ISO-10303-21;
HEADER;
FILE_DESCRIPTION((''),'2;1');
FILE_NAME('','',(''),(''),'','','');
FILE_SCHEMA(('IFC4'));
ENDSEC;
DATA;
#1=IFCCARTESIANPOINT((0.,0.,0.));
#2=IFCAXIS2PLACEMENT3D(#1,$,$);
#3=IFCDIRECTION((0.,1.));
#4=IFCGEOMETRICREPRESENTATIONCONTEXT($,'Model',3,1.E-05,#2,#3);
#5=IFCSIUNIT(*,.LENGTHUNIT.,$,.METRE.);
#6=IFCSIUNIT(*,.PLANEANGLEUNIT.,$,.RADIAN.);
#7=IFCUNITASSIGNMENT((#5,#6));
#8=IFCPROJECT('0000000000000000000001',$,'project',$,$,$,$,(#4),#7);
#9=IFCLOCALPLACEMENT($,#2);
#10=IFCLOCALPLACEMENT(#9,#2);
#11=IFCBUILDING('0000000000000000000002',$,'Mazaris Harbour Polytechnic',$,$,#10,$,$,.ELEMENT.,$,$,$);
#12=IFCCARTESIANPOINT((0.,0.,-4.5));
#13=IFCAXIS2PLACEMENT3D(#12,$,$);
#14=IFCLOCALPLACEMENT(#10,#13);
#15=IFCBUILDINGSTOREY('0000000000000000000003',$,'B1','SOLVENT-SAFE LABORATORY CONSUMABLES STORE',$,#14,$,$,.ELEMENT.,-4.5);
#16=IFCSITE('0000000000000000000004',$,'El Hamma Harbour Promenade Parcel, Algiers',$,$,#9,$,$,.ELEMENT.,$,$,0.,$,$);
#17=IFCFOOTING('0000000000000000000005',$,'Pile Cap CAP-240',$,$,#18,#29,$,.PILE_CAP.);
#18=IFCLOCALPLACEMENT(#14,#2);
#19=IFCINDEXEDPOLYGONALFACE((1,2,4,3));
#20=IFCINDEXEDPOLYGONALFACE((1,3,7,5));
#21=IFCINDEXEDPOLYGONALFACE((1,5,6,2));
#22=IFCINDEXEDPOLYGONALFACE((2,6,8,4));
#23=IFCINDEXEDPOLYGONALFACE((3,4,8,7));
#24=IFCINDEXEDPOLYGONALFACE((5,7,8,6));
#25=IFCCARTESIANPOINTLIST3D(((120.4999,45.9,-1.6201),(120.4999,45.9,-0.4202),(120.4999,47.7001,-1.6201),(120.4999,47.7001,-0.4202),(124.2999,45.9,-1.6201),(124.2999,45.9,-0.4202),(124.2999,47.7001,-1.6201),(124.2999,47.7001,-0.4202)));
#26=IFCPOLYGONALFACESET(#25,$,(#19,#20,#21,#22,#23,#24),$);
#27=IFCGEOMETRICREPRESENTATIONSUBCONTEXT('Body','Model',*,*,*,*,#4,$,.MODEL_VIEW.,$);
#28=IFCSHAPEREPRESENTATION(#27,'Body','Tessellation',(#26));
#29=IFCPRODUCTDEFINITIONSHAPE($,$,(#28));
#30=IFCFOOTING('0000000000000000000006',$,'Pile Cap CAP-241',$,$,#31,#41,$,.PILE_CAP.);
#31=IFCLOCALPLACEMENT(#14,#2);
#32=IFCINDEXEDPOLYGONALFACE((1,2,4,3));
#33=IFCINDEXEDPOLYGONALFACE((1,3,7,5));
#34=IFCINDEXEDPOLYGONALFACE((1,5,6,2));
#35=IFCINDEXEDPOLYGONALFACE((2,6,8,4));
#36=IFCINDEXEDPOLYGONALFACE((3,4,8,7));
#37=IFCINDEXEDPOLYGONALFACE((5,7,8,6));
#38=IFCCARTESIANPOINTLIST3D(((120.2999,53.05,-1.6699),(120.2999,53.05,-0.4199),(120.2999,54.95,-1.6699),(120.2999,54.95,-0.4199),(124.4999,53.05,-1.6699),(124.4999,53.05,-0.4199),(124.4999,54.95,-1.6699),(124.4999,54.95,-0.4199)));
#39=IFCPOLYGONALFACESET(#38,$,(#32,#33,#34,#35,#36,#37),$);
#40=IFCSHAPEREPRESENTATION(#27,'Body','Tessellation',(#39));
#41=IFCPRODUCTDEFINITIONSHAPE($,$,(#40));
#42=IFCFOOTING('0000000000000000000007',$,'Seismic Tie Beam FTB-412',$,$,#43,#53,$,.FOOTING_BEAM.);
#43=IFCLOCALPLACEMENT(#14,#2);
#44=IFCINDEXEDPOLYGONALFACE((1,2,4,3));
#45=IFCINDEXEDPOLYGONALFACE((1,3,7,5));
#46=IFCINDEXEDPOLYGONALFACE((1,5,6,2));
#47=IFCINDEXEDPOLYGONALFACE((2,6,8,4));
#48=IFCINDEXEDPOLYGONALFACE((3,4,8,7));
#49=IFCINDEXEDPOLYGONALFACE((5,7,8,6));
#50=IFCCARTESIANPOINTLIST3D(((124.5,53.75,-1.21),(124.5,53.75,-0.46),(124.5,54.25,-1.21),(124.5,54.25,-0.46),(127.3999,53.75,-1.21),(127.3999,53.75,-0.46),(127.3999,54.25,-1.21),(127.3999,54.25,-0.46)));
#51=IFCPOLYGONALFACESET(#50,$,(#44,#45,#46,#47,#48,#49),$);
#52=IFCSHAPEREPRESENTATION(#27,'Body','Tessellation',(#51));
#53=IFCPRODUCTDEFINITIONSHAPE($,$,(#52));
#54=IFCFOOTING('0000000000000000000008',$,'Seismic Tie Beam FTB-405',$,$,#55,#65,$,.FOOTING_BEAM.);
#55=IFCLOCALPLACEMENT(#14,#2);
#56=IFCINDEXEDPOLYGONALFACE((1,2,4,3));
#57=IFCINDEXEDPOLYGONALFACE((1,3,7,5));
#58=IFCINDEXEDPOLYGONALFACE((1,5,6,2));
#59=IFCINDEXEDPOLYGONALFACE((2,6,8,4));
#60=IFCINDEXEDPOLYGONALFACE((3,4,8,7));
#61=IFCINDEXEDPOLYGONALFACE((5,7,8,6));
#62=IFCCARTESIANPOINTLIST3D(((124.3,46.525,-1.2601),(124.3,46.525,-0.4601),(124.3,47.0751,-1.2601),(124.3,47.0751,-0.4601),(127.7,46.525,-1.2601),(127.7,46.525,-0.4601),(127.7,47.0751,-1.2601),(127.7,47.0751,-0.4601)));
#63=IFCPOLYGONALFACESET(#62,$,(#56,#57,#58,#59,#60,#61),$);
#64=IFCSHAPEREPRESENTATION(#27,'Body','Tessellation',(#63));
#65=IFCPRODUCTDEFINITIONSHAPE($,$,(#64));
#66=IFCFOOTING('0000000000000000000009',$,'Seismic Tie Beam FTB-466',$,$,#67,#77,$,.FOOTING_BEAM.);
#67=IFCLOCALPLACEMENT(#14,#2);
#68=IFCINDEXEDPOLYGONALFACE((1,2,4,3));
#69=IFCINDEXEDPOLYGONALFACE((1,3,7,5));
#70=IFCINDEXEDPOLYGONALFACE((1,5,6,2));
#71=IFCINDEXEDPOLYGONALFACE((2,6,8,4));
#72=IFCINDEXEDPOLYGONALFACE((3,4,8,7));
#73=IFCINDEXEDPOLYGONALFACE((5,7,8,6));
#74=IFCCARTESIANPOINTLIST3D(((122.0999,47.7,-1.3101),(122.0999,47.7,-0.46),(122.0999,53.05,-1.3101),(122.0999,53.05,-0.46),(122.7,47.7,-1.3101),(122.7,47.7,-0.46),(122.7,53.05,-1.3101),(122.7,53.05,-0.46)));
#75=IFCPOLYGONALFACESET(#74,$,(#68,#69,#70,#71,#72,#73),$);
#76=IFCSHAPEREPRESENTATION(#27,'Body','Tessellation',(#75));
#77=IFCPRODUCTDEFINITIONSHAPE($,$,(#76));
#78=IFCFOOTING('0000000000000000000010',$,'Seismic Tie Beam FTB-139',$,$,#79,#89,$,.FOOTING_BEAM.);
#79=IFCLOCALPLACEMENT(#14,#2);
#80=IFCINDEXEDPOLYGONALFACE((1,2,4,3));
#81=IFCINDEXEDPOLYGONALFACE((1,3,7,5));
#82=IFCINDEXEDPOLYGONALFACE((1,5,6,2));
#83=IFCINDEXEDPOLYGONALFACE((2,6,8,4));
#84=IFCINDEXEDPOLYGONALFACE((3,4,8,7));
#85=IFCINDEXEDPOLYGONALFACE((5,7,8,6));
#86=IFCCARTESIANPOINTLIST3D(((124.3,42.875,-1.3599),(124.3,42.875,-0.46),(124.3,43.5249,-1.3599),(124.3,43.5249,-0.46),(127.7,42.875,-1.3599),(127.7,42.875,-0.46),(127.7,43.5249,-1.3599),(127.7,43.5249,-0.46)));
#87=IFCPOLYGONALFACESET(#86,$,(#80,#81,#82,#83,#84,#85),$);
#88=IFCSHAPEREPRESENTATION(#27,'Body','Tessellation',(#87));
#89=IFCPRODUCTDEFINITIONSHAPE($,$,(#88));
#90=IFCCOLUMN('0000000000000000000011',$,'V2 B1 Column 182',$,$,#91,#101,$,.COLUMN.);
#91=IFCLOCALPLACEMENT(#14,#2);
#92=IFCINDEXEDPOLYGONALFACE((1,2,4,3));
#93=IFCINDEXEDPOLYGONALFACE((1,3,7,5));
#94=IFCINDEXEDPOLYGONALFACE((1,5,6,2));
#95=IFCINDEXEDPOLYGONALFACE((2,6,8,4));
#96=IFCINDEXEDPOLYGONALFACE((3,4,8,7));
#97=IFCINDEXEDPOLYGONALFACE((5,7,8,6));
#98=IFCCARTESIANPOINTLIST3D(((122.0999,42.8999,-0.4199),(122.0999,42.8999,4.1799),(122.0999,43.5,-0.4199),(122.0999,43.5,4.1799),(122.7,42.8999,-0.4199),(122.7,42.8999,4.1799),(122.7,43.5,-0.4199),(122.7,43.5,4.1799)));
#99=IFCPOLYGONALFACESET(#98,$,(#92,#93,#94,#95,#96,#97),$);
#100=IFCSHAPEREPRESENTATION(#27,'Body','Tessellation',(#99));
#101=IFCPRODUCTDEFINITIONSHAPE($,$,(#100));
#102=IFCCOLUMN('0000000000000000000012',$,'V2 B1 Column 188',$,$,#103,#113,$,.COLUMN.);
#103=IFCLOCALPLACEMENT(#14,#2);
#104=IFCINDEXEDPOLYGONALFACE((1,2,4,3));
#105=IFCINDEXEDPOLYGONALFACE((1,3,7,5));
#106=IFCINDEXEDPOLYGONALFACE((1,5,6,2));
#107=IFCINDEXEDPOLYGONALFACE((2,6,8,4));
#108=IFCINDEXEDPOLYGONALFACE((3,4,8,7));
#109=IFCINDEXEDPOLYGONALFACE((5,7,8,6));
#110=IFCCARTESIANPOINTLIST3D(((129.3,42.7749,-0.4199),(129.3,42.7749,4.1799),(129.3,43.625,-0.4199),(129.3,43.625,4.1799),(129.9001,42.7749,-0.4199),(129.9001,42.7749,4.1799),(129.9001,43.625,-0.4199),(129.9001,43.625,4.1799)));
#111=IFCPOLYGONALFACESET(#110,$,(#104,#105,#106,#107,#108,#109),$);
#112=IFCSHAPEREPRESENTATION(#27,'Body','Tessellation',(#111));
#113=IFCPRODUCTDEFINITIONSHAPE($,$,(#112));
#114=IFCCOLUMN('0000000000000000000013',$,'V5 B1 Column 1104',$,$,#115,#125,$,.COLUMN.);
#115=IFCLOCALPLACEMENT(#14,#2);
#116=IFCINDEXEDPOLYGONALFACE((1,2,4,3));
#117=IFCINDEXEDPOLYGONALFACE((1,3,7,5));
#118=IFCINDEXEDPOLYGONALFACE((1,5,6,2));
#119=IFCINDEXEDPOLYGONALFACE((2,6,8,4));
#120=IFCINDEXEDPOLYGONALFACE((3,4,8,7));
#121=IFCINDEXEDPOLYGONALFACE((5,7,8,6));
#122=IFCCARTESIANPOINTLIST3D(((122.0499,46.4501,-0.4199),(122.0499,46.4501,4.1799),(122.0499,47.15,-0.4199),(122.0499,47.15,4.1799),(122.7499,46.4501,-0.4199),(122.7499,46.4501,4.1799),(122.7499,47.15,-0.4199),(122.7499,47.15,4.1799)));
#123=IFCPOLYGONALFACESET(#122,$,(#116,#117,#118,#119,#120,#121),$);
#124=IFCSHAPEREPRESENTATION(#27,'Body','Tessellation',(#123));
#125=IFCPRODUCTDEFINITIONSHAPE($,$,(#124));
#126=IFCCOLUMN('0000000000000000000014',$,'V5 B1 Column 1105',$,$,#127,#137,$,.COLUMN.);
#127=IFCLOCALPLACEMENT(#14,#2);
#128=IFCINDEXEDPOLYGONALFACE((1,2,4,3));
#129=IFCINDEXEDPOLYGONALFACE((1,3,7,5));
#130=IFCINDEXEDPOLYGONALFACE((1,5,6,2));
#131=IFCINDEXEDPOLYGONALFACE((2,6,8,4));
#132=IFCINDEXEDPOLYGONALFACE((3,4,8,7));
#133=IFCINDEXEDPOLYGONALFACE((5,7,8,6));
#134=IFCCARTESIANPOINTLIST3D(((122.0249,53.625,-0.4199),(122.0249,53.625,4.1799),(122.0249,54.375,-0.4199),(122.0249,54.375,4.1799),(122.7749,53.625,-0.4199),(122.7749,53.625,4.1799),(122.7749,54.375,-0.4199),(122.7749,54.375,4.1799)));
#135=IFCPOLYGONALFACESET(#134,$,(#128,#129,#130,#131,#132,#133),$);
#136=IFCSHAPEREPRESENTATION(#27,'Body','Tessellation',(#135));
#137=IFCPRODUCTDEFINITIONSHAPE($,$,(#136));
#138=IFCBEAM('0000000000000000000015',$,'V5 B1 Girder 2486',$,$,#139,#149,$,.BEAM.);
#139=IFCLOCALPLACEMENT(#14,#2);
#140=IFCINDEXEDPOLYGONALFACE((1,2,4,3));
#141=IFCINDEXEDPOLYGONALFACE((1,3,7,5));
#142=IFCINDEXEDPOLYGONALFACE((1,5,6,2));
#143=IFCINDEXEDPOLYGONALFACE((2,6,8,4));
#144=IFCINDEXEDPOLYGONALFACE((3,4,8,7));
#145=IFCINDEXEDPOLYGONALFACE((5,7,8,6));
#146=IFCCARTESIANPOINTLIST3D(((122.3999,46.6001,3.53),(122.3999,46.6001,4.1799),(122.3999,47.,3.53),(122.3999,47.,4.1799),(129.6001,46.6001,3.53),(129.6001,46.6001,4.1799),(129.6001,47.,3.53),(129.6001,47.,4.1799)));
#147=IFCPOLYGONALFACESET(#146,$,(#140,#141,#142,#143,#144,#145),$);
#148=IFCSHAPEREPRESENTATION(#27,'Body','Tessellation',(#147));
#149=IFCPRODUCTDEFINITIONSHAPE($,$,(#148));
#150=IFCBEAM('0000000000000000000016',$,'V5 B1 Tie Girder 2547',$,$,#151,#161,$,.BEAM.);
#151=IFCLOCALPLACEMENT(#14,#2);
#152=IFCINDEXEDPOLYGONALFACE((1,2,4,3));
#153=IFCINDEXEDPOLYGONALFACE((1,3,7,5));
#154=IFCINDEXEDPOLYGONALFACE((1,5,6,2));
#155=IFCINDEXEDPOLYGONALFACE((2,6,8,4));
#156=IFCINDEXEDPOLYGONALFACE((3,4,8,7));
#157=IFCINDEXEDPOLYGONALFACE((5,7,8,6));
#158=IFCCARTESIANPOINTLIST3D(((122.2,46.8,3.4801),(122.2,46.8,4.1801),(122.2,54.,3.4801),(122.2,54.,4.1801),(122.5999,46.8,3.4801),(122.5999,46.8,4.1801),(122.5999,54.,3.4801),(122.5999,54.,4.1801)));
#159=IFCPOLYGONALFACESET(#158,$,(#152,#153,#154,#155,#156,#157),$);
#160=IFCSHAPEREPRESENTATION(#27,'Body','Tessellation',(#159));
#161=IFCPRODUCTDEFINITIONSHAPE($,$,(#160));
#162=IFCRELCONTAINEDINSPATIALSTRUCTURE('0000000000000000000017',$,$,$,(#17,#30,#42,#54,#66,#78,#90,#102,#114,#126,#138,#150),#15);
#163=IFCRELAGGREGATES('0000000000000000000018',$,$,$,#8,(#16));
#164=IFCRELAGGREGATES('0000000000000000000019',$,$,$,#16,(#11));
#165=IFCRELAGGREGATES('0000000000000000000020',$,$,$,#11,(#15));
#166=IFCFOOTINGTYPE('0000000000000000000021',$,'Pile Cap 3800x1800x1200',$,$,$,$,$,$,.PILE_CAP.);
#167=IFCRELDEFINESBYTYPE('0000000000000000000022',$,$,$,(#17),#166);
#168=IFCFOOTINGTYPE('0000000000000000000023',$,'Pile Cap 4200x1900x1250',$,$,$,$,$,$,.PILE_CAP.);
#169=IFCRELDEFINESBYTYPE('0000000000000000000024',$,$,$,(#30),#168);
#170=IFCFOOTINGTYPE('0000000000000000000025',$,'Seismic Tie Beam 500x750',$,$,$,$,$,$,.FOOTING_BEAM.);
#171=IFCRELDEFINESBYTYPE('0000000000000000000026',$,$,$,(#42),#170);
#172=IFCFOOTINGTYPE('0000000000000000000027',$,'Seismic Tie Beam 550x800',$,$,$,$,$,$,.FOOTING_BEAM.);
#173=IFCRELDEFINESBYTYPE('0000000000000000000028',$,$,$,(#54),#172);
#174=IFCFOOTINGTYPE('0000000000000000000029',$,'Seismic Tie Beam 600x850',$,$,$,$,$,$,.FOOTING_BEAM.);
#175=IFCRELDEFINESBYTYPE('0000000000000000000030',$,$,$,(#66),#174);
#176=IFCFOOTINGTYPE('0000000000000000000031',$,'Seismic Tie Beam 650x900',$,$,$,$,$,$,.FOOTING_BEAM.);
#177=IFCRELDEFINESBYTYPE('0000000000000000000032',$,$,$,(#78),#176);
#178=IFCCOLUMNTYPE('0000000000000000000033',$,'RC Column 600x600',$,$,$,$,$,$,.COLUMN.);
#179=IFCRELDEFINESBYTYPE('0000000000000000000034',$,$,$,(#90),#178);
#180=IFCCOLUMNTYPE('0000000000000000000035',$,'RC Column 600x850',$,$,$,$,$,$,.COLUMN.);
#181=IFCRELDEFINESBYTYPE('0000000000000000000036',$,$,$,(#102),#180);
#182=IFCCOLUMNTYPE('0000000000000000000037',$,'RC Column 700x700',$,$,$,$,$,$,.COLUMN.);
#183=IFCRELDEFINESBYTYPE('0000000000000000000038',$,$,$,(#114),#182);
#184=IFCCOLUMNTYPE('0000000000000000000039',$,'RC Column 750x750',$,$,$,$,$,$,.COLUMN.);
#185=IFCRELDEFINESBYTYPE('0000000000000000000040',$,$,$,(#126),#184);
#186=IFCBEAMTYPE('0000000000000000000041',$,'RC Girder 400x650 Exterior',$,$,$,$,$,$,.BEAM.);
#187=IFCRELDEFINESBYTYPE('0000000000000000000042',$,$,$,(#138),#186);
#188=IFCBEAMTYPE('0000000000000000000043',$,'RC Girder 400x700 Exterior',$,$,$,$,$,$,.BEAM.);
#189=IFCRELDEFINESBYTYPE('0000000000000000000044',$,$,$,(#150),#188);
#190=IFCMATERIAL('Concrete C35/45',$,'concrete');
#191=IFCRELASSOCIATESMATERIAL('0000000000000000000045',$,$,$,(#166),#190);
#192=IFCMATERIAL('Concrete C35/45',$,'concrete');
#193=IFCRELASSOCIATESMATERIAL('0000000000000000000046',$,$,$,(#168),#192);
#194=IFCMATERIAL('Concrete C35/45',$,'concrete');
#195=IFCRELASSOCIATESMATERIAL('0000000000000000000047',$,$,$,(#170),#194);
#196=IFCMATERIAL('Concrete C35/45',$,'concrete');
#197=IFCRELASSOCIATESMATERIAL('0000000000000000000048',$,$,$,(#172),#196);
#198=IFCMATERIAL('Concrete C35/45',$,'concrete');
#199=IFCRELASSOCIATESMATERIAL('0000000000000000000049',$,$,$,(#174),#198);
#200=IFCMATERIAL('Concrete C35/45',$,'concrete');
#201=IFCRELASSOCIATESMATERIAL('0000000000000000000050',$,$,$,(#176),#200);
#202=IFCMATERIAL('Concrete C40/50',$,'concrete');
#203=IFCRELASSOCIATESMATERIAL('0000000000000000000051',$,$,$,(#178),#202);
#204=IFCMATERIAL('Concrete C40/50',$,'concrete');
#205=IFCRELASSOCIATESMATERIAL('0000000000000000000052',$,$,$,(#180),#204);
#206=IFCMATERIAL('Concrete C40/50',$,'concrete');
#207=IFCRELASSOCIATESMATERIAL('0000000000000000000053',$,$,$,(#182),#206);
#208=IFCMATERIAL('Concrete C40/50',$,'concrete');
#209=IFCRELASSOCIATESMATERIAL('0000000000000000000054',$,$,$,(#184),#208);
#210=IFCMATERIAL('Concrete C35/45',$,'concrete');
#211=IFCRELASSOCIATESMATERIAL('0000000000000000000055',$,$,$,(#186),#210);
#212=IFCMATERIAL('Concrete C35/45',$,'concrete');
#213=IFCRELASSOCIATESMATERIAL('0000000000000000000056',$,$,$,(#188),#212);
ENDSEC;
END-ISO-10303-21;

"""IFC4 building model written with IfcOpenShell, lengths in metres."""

from ifc_helpers import new_model, si_unit, direction, frame, origin, origin_2d, place, context, subcontext, project, spatial, rectangle, extrude, material, material_profile, profile_set, type_object, element, save


model = new_model("IFC4")

# Units and contexts
model_context = context("Model", 3, precision=1e-05, world=origin(), true_north=direction((0.0, 1.0)))
body_context = subcontext(model_context, "Body", "Model", "MODEL_VIEW")
ifc_project = project(units=[si_unit("LENGTHUNIT", "METRE"), si_unit("PLANEANGLEUNIT", "RADIAN")], contexts=[model_context])

# Site, building, storey
site_placement = place(None, origin())
site = spatial("IfcSite", under=ifc_project, at=site_placement, Name="El Hamma Harbour Promenade Parcel, Algiers", CompositionType="ELEMENT", RefElevation=0.0)
building_placement = place(site_placement, origin())
building = spatial("IfcBuilding", under=site, at=building_placement, Name="Mazaris Harbour Polytechnic", CompositionType="ELEMENT")
storey_placement = place(building_placement, frame((0.0, 0.0, -4.5)))
storey = spatial("IfcBuildingStorey", under=building, at=storey_placement, Name="B1", Description="SOLVENT-SAFE LABORATORY CONSUMABLES STORE", CompositionType="ELEMENT", Elevation=-4.5)

# Footings
ifc_material_1 = material(Name="Concrete C35/45", Category="concrete")
footing_type_1 = type_object("IfcFootingType", Name="Pile Cap 3800x1800x1200", PredefinedType="PILE_CAP", material=ifc_material_1)
for number, where, z_axis, x_axis, name in (
    (1, (122.3999, 46.8, -1.6201), (0.0, 0.0, 1.0), (1.0, 0.0, 0.0), "Pile Cap CAP-240"),
):
    element("IfcFooting", number, at=place(storey_placement, frame(where, z_axis=z_axis, x_axis=x_axis)), inside=storey, type_object=footing_type_1, Name=name, PredefinedType="PILE_CAP", context=body_context, shape_type="SweptSolid", body=[
        extrude(rectangle(XDim=3.8, YDim=1.8, at=origin_2d()), origin(), (0.0, 0.0, 1.0), 1.2),
    ])
ifc_material_2 = material(Name="Concrete C35/45", Category="concrete")
footing_type_2 = type_object("IfcFootingType", Name="Pile Cap 4200x1900x1250", PredefinedType="PILE_CAP", material=ifc_material_2)
footing_1_placement = place(storey_placement, frame((122.3999, 54.0, -1.6699), z_axis=(0.0, 0.0, 1.0), x_axis=(1.0, 0.0, 0.0)))
element("IfcFooting", 2, at=footing_1_placement, inside=storey, type_object=footing_type_2, Name="Pile Cap CAP-241", PredefinedType="PILE_CAP", context=body_context, shape_type="SweptSolid", body=[
    extrude(rectangle(XDim=4.2, YDim=1.8999, at=origin_2d()), origin(), (0.0, 0.0, 1.0), 1.25),
])
ifc_material_3 = material(Name="Concrete C35/45", Category="concrete")
ifc_material_profile_1 = material_profile(ifc_material_3, rectangle(XDim=0.5, YDim=0.75, at=origin_2d()), Name="RECT500x750")
ifc_profile_set_1 = profile_set([ifc_material_profile_1], Name="Concrete C35/45")
footing_type_3 = type_object("IfcFootingType", Name="Seismic Tie Beam 500x750", PredefinedType="FOOTING_BEAM", material=ifc_profile_set_1)
footing_2_placement = place(storey_placement, frame((124.5, 54.0, -0.835), z_axis=(1.0, 0.0, 0.0), x_axis=(0.0, 1.0, 0.0)))
element("IfcFooting", 3, at=footing_2_placement, inside=storey, type_object=footing_type_3, Name="Seismic Tie Beam FTB-412", PredefinedType="FOOTING_BEAM", context=body_context, shape_type="SweptSolid", body=[
    extrude(rectangle(XDim=0.5, YDim=0.75, at=origin_2d()), origin(), (0.0, 0.0, 1.0), 2.8999),
])
ifc_material_4 = material(Name="Concrete C35/45", Category="concrete")
ifc_material_profile_2 = material_profile(ifc_material_4, rectangle(XDim=0.55, YDim=0.8, at=origin_2d()), Name="RECT550x800")
ifc_profile_set_2 = profile_set([ifc_material_profile_2], Name="Concrete C35/45")
footing_type_4 = type_object("IfcFootingType", Name="Seismic Tie Beam 550x800", PredefinedType="FOOTING_BEAM", material=ifc_profile_set_2)
footing_3_placement = place(storey_placement, frame((124.3, 46.8, -0.8601), z_axis=(1.0, 0.0, 0.0), x_axis=(0.0, 1.0, 0.0)))
element("IfcFooting", 4, at=footing_3_placement, inside=storey, type_object=footing_type_4, Name="Seismic Tie Beam FTB-405", PredefinedType="FOOTING_BEAM", context=body_context, shape_type="SweptSolid", body=[
    extrude(rectangle(XDim=0.55, YDim=0.8, at=origin_2d()), origin(), (0.0, 0.0, 1.0), 3.3999),
])
ifc_material_5 = material(Name="Concrete C35/45", Category="concrete")
ifc_material_profile_3 = material_profile(ifc_material_5, rectangle(XDim=0.6001, YDim=0.8501, at=origin_2d()), Name="RECT600x850")
ifc_profile_set_3 = profile_set([ifc_material_profile_3], Name="Concrete C35/45")
footing_type_5 = type_object("IfcFootingType", Name="Seismic Tie Beam 600x850", PredefinedType="FOOTING_BEAM", material=ifc_profile_set_3)
footing_4_placement = place(storey_placement, frame((122.3999, 47.7, -0.885), z_axis=(0.0, 1.0, 0.0), x_axis=(-1.0, 0.0, 0.0)))
element("IfcFooting", 5, at=footing_4_placement, inside=storey, type_object=footing_type_5, Name="Seismic Tie Beam FTB-466", PredefinedType="FOOTING_BEAM", context=body_context, shape_type="SweptSolid", body=[
    extrude(rectangle(XDim=0.6001, YDim=0.8501, at=origin_2d()), origin(), (0.0, 0.0, 1.0), 5.3501),
])
ifc_material_6 = material(Name="Concrete C35/45", Category="concrete")
ifc_material_profile_4 = material_profile(ifc_material_6, rectangle(XDim=0.6499, YDim=0.8999, at=origin_2d()), Name="RECT650x900")
ifc_profile_set_4 = profile_set([ifc_material_profile_4], Name="Concrete C35/45")
footing_type_6 = type_object("IfcFootingType", Name="Seismic Tie Beam 650x900", PredefinedType="FOOTING_BEAM", material=ifc_profile_set_4)
footing_5_placement = place(storey_placement, frame((124.3, 43.2, -0.9099), z_axis=(1.0, 0.0, 0.0), x_axis=(0.0, 1.0, 0.0)))
element("IfcFooting", 6, at=footing_5_placement, inside=storey, type_object=footing_type_6, Name="Seismic Tie Beam FTB-139", PredefinedType="FOOTING_BEAM", context=body_context, shape_type="SweptSolid", body=[
    extrude(rectangle(XDim=0.6499, YDim=0.8999, at=origin_2d()), origin(), (0.0, 0.0, 1.0), 3.3999),
])

# Columns
ifc_material_7 = material(Name="Concrete C40/50", Category="concrete")
ifc_material_profile_5 = material_profile(ifc_material_7, rectangle(XDim=0.6001, YDim=0.6001, at=origin_2d()), Name="RECT600x600")
ifc_profile_set_5 = profile_set([ifc_material_profile_5], Name="Concrete C40/50")
column_type_1 = type_object("IfcColumnType", Name="RC Column 600x600", PredefinedType="COLUMN", material=ifc_profile_set_5)
column_1_placement = place(storey_placement, frame((122.3999, 43.2, -0.4199), z_axis=(0.0, 0.0, 1.0), x_axis=(1.0, 0.0, 0.0)))
element("IfcColumn", 7, at=column_1_placement, inside=storey, type_object=column_type_1, Name="V2 B1 Column 182", PredefinedType="COLUMN", context=body_context, shape_type="SweptSolid", body=[
    extrude(rectangle(XDim=0.6001, YDim=0.6001, at=origin_2d()), origin(), (0.0, 0.0, 1.0), 4.5999),
])
ifc_material_8 = material(Name="Concrete C40/50", Category="concrete")
ifc_material_profile_6 = material_profile(ifc_material_8, rectangle(XDim=0.6001, YDim=0.8501, at=origin_2d()), Name="RECT600x850")
ifc_profile_set_6 = profile_set([ifc_material_profile_6], Name="Concrete C40/50")
column_type_2 = type_object("IfcColumnType", Name="RC Column 600x850", PredefinedType="COLUMN", material=ifc_profile_set_6)
column_2_placement = place(storey_placement, frame((129.6001, 43.2, -0.4199), z_axis=(0.0, 0.0, 1.0), x_axis=(1.0, 0.0, 0.0)))
element("IfcColumn", 8, at=column_2_placement, inside=storey, type_object=column_type_2, Name="V2 B1 Column 188", PredefinedType="COLUMN", context=body_context, shape_type="SweptSolid", body=[
    extrude(rectangle(XDim=0.6001, YDim=0.8501, at=origin_2d()), origin(), (0.0, 0.0, 1.0), 4.5999),
])
ifc_material_9 = material(Name="Concrete C40/50", Category="concrete")
ifc_material_profile_7 = material_profile(ifc_material_9, rectangle(XDim=0.7, YDim=0.7, at=origin_2d()), Name="RECT700x700")
ifc_profile_set_7 = profile_set([ifc_material_profile_7], Name="Concrete C40/50")
column_type_3 = type_object("IfcColumnType", Name="RC Column 700x700", PredefinedType="COLUMN", material=ifc_profile_set_7)
column_3_placement = place(storey_placement, frame((122.3999, 46.8, -0.4199), z_axis=(0.0, 0.0, 1.0), x_axis=(1.0, 0.0, 0.0)))
element("IfcColumn", 9, at=column_3_placement, inside=storey, type_object=column_type_3, Name="V5 B1 Column 1104", PredefinedType="COLUMN", context=body_context, shape_type="SweptSolid", body=[
    extrude(rectangle(XDim=0.7, YDim=0.7, at=origin_2d()), origin(), (0.0, 0.0, 1.0), 4.5999),
])
ifc_material_10 = material(Name="Concrete C40/50", Category="concrete")
ifc_material_profile_8 = material_profile(ifc_material_10, rectangle(XDim=0.75, YDim=0.75, at=origin_2d()), Name="RECT750x750")
ifc_profile_set_8 = profile_set([ifc_material_profile_8], Name="Concrete C40/50")
column_type_4 = type_object("IfcColumnType", Name="RC Column 750x750", PredefinedType="COLUMN", material=ifc_profile_set_8)
column_4_placement = place(storey_placement, frame((122.3999, 54.0, -0.4199), z_axis=(0.0, 0.0, 1.0), x_axis=(1.0, 0.0, 0.0)))
element("IfcColumn", 10, at=column_4_placement, inside=storey, type_object=column_type_4, Name="V5 B1 Column 1105", PredefinedType="COLUMN", context=body_context, shape_type="SweptSolid", body=[
    extrude(rectangle(XDim=0.75, YDim=0.75, at=origin_2d()), origin(), (0.0, 0.0, 1.0), 4.5999),
])

# Beams
ifc_material_11 = material(Name="Concrete C35/45", Category="concrete")
ifc_material_profile_9 = material_profile(ifc_material_11, rectangle(XDim=0.3999, YDim=0.6499, at=origin_2d()), Name="RECT400x650")
ifc_profile_set_9 = profile_set([ifc_material_profile_9], Name="Concrete C35/45")
beam_type_1 = type_object("IfcBeamType", Name="RC Girder 400x650 Exterior", PredefinedType="BEAM", material=ifc_profile_set_9)
beam_1_placement = place(storey_placement, frame((122.3999, 46.8, 3.855), z_axis=(1.0, 0.0, 0.0), x_axis=(0.0, 1.0, 0.0)))
element("IfcBeam", 11, at=beam_1_placement, inside=storey, type_object=beam_type_1, Name="V5 B1 Girder 2486", PredefinedType="BEAM", context=body_context, shape_type="SweptSolid", body=[
    extrude(rectangle(XDim=0.3999, YDim=0.6499, at=origin_2d()), origin(), (0.0, 0.0, 1.0), 7.2002),
])
ifc_material_12 = material(Name="Concrete C35/45", Category="concrete")
ifc_material_profile_10 = material_profile(ifc_material_12, rectangle(XDim=0.3999, YDim=0.7, at=origin_2d()), Name="RECT400x700")
ifc_profile_set_10 = profile_set([ifc_material_profile_10], Name="Concrete C35/45")
beam_type_2 = type_object("IfcBeamType", Name="RC Girder 400x700 Exterior", PredefinedType="BEAM", material=ifc_profile_set_10)
beam_2_placement = place(storey_placement, frame((122.3999, 46.8, 3.8301), z_axis=(0.0, 1.0, 0.0), x_axis=(-1.0, 0.0, 0.0)))
element("IfcBeam", 12, at=beam_2_placement, inside=storey, type_object=beam_type_2, Name="V5 B1 Tie Girder 2547", PredefinedType="BEAM", context=body_context, shape_type="SweptSolid", body=[
    extrude(rectangle(XDim=0.3999, YDim=0.7, at=origin_2d()), origin(), (0.0, 0.0, 1.0), 7.2),
])

save(model, "model.ifc")
